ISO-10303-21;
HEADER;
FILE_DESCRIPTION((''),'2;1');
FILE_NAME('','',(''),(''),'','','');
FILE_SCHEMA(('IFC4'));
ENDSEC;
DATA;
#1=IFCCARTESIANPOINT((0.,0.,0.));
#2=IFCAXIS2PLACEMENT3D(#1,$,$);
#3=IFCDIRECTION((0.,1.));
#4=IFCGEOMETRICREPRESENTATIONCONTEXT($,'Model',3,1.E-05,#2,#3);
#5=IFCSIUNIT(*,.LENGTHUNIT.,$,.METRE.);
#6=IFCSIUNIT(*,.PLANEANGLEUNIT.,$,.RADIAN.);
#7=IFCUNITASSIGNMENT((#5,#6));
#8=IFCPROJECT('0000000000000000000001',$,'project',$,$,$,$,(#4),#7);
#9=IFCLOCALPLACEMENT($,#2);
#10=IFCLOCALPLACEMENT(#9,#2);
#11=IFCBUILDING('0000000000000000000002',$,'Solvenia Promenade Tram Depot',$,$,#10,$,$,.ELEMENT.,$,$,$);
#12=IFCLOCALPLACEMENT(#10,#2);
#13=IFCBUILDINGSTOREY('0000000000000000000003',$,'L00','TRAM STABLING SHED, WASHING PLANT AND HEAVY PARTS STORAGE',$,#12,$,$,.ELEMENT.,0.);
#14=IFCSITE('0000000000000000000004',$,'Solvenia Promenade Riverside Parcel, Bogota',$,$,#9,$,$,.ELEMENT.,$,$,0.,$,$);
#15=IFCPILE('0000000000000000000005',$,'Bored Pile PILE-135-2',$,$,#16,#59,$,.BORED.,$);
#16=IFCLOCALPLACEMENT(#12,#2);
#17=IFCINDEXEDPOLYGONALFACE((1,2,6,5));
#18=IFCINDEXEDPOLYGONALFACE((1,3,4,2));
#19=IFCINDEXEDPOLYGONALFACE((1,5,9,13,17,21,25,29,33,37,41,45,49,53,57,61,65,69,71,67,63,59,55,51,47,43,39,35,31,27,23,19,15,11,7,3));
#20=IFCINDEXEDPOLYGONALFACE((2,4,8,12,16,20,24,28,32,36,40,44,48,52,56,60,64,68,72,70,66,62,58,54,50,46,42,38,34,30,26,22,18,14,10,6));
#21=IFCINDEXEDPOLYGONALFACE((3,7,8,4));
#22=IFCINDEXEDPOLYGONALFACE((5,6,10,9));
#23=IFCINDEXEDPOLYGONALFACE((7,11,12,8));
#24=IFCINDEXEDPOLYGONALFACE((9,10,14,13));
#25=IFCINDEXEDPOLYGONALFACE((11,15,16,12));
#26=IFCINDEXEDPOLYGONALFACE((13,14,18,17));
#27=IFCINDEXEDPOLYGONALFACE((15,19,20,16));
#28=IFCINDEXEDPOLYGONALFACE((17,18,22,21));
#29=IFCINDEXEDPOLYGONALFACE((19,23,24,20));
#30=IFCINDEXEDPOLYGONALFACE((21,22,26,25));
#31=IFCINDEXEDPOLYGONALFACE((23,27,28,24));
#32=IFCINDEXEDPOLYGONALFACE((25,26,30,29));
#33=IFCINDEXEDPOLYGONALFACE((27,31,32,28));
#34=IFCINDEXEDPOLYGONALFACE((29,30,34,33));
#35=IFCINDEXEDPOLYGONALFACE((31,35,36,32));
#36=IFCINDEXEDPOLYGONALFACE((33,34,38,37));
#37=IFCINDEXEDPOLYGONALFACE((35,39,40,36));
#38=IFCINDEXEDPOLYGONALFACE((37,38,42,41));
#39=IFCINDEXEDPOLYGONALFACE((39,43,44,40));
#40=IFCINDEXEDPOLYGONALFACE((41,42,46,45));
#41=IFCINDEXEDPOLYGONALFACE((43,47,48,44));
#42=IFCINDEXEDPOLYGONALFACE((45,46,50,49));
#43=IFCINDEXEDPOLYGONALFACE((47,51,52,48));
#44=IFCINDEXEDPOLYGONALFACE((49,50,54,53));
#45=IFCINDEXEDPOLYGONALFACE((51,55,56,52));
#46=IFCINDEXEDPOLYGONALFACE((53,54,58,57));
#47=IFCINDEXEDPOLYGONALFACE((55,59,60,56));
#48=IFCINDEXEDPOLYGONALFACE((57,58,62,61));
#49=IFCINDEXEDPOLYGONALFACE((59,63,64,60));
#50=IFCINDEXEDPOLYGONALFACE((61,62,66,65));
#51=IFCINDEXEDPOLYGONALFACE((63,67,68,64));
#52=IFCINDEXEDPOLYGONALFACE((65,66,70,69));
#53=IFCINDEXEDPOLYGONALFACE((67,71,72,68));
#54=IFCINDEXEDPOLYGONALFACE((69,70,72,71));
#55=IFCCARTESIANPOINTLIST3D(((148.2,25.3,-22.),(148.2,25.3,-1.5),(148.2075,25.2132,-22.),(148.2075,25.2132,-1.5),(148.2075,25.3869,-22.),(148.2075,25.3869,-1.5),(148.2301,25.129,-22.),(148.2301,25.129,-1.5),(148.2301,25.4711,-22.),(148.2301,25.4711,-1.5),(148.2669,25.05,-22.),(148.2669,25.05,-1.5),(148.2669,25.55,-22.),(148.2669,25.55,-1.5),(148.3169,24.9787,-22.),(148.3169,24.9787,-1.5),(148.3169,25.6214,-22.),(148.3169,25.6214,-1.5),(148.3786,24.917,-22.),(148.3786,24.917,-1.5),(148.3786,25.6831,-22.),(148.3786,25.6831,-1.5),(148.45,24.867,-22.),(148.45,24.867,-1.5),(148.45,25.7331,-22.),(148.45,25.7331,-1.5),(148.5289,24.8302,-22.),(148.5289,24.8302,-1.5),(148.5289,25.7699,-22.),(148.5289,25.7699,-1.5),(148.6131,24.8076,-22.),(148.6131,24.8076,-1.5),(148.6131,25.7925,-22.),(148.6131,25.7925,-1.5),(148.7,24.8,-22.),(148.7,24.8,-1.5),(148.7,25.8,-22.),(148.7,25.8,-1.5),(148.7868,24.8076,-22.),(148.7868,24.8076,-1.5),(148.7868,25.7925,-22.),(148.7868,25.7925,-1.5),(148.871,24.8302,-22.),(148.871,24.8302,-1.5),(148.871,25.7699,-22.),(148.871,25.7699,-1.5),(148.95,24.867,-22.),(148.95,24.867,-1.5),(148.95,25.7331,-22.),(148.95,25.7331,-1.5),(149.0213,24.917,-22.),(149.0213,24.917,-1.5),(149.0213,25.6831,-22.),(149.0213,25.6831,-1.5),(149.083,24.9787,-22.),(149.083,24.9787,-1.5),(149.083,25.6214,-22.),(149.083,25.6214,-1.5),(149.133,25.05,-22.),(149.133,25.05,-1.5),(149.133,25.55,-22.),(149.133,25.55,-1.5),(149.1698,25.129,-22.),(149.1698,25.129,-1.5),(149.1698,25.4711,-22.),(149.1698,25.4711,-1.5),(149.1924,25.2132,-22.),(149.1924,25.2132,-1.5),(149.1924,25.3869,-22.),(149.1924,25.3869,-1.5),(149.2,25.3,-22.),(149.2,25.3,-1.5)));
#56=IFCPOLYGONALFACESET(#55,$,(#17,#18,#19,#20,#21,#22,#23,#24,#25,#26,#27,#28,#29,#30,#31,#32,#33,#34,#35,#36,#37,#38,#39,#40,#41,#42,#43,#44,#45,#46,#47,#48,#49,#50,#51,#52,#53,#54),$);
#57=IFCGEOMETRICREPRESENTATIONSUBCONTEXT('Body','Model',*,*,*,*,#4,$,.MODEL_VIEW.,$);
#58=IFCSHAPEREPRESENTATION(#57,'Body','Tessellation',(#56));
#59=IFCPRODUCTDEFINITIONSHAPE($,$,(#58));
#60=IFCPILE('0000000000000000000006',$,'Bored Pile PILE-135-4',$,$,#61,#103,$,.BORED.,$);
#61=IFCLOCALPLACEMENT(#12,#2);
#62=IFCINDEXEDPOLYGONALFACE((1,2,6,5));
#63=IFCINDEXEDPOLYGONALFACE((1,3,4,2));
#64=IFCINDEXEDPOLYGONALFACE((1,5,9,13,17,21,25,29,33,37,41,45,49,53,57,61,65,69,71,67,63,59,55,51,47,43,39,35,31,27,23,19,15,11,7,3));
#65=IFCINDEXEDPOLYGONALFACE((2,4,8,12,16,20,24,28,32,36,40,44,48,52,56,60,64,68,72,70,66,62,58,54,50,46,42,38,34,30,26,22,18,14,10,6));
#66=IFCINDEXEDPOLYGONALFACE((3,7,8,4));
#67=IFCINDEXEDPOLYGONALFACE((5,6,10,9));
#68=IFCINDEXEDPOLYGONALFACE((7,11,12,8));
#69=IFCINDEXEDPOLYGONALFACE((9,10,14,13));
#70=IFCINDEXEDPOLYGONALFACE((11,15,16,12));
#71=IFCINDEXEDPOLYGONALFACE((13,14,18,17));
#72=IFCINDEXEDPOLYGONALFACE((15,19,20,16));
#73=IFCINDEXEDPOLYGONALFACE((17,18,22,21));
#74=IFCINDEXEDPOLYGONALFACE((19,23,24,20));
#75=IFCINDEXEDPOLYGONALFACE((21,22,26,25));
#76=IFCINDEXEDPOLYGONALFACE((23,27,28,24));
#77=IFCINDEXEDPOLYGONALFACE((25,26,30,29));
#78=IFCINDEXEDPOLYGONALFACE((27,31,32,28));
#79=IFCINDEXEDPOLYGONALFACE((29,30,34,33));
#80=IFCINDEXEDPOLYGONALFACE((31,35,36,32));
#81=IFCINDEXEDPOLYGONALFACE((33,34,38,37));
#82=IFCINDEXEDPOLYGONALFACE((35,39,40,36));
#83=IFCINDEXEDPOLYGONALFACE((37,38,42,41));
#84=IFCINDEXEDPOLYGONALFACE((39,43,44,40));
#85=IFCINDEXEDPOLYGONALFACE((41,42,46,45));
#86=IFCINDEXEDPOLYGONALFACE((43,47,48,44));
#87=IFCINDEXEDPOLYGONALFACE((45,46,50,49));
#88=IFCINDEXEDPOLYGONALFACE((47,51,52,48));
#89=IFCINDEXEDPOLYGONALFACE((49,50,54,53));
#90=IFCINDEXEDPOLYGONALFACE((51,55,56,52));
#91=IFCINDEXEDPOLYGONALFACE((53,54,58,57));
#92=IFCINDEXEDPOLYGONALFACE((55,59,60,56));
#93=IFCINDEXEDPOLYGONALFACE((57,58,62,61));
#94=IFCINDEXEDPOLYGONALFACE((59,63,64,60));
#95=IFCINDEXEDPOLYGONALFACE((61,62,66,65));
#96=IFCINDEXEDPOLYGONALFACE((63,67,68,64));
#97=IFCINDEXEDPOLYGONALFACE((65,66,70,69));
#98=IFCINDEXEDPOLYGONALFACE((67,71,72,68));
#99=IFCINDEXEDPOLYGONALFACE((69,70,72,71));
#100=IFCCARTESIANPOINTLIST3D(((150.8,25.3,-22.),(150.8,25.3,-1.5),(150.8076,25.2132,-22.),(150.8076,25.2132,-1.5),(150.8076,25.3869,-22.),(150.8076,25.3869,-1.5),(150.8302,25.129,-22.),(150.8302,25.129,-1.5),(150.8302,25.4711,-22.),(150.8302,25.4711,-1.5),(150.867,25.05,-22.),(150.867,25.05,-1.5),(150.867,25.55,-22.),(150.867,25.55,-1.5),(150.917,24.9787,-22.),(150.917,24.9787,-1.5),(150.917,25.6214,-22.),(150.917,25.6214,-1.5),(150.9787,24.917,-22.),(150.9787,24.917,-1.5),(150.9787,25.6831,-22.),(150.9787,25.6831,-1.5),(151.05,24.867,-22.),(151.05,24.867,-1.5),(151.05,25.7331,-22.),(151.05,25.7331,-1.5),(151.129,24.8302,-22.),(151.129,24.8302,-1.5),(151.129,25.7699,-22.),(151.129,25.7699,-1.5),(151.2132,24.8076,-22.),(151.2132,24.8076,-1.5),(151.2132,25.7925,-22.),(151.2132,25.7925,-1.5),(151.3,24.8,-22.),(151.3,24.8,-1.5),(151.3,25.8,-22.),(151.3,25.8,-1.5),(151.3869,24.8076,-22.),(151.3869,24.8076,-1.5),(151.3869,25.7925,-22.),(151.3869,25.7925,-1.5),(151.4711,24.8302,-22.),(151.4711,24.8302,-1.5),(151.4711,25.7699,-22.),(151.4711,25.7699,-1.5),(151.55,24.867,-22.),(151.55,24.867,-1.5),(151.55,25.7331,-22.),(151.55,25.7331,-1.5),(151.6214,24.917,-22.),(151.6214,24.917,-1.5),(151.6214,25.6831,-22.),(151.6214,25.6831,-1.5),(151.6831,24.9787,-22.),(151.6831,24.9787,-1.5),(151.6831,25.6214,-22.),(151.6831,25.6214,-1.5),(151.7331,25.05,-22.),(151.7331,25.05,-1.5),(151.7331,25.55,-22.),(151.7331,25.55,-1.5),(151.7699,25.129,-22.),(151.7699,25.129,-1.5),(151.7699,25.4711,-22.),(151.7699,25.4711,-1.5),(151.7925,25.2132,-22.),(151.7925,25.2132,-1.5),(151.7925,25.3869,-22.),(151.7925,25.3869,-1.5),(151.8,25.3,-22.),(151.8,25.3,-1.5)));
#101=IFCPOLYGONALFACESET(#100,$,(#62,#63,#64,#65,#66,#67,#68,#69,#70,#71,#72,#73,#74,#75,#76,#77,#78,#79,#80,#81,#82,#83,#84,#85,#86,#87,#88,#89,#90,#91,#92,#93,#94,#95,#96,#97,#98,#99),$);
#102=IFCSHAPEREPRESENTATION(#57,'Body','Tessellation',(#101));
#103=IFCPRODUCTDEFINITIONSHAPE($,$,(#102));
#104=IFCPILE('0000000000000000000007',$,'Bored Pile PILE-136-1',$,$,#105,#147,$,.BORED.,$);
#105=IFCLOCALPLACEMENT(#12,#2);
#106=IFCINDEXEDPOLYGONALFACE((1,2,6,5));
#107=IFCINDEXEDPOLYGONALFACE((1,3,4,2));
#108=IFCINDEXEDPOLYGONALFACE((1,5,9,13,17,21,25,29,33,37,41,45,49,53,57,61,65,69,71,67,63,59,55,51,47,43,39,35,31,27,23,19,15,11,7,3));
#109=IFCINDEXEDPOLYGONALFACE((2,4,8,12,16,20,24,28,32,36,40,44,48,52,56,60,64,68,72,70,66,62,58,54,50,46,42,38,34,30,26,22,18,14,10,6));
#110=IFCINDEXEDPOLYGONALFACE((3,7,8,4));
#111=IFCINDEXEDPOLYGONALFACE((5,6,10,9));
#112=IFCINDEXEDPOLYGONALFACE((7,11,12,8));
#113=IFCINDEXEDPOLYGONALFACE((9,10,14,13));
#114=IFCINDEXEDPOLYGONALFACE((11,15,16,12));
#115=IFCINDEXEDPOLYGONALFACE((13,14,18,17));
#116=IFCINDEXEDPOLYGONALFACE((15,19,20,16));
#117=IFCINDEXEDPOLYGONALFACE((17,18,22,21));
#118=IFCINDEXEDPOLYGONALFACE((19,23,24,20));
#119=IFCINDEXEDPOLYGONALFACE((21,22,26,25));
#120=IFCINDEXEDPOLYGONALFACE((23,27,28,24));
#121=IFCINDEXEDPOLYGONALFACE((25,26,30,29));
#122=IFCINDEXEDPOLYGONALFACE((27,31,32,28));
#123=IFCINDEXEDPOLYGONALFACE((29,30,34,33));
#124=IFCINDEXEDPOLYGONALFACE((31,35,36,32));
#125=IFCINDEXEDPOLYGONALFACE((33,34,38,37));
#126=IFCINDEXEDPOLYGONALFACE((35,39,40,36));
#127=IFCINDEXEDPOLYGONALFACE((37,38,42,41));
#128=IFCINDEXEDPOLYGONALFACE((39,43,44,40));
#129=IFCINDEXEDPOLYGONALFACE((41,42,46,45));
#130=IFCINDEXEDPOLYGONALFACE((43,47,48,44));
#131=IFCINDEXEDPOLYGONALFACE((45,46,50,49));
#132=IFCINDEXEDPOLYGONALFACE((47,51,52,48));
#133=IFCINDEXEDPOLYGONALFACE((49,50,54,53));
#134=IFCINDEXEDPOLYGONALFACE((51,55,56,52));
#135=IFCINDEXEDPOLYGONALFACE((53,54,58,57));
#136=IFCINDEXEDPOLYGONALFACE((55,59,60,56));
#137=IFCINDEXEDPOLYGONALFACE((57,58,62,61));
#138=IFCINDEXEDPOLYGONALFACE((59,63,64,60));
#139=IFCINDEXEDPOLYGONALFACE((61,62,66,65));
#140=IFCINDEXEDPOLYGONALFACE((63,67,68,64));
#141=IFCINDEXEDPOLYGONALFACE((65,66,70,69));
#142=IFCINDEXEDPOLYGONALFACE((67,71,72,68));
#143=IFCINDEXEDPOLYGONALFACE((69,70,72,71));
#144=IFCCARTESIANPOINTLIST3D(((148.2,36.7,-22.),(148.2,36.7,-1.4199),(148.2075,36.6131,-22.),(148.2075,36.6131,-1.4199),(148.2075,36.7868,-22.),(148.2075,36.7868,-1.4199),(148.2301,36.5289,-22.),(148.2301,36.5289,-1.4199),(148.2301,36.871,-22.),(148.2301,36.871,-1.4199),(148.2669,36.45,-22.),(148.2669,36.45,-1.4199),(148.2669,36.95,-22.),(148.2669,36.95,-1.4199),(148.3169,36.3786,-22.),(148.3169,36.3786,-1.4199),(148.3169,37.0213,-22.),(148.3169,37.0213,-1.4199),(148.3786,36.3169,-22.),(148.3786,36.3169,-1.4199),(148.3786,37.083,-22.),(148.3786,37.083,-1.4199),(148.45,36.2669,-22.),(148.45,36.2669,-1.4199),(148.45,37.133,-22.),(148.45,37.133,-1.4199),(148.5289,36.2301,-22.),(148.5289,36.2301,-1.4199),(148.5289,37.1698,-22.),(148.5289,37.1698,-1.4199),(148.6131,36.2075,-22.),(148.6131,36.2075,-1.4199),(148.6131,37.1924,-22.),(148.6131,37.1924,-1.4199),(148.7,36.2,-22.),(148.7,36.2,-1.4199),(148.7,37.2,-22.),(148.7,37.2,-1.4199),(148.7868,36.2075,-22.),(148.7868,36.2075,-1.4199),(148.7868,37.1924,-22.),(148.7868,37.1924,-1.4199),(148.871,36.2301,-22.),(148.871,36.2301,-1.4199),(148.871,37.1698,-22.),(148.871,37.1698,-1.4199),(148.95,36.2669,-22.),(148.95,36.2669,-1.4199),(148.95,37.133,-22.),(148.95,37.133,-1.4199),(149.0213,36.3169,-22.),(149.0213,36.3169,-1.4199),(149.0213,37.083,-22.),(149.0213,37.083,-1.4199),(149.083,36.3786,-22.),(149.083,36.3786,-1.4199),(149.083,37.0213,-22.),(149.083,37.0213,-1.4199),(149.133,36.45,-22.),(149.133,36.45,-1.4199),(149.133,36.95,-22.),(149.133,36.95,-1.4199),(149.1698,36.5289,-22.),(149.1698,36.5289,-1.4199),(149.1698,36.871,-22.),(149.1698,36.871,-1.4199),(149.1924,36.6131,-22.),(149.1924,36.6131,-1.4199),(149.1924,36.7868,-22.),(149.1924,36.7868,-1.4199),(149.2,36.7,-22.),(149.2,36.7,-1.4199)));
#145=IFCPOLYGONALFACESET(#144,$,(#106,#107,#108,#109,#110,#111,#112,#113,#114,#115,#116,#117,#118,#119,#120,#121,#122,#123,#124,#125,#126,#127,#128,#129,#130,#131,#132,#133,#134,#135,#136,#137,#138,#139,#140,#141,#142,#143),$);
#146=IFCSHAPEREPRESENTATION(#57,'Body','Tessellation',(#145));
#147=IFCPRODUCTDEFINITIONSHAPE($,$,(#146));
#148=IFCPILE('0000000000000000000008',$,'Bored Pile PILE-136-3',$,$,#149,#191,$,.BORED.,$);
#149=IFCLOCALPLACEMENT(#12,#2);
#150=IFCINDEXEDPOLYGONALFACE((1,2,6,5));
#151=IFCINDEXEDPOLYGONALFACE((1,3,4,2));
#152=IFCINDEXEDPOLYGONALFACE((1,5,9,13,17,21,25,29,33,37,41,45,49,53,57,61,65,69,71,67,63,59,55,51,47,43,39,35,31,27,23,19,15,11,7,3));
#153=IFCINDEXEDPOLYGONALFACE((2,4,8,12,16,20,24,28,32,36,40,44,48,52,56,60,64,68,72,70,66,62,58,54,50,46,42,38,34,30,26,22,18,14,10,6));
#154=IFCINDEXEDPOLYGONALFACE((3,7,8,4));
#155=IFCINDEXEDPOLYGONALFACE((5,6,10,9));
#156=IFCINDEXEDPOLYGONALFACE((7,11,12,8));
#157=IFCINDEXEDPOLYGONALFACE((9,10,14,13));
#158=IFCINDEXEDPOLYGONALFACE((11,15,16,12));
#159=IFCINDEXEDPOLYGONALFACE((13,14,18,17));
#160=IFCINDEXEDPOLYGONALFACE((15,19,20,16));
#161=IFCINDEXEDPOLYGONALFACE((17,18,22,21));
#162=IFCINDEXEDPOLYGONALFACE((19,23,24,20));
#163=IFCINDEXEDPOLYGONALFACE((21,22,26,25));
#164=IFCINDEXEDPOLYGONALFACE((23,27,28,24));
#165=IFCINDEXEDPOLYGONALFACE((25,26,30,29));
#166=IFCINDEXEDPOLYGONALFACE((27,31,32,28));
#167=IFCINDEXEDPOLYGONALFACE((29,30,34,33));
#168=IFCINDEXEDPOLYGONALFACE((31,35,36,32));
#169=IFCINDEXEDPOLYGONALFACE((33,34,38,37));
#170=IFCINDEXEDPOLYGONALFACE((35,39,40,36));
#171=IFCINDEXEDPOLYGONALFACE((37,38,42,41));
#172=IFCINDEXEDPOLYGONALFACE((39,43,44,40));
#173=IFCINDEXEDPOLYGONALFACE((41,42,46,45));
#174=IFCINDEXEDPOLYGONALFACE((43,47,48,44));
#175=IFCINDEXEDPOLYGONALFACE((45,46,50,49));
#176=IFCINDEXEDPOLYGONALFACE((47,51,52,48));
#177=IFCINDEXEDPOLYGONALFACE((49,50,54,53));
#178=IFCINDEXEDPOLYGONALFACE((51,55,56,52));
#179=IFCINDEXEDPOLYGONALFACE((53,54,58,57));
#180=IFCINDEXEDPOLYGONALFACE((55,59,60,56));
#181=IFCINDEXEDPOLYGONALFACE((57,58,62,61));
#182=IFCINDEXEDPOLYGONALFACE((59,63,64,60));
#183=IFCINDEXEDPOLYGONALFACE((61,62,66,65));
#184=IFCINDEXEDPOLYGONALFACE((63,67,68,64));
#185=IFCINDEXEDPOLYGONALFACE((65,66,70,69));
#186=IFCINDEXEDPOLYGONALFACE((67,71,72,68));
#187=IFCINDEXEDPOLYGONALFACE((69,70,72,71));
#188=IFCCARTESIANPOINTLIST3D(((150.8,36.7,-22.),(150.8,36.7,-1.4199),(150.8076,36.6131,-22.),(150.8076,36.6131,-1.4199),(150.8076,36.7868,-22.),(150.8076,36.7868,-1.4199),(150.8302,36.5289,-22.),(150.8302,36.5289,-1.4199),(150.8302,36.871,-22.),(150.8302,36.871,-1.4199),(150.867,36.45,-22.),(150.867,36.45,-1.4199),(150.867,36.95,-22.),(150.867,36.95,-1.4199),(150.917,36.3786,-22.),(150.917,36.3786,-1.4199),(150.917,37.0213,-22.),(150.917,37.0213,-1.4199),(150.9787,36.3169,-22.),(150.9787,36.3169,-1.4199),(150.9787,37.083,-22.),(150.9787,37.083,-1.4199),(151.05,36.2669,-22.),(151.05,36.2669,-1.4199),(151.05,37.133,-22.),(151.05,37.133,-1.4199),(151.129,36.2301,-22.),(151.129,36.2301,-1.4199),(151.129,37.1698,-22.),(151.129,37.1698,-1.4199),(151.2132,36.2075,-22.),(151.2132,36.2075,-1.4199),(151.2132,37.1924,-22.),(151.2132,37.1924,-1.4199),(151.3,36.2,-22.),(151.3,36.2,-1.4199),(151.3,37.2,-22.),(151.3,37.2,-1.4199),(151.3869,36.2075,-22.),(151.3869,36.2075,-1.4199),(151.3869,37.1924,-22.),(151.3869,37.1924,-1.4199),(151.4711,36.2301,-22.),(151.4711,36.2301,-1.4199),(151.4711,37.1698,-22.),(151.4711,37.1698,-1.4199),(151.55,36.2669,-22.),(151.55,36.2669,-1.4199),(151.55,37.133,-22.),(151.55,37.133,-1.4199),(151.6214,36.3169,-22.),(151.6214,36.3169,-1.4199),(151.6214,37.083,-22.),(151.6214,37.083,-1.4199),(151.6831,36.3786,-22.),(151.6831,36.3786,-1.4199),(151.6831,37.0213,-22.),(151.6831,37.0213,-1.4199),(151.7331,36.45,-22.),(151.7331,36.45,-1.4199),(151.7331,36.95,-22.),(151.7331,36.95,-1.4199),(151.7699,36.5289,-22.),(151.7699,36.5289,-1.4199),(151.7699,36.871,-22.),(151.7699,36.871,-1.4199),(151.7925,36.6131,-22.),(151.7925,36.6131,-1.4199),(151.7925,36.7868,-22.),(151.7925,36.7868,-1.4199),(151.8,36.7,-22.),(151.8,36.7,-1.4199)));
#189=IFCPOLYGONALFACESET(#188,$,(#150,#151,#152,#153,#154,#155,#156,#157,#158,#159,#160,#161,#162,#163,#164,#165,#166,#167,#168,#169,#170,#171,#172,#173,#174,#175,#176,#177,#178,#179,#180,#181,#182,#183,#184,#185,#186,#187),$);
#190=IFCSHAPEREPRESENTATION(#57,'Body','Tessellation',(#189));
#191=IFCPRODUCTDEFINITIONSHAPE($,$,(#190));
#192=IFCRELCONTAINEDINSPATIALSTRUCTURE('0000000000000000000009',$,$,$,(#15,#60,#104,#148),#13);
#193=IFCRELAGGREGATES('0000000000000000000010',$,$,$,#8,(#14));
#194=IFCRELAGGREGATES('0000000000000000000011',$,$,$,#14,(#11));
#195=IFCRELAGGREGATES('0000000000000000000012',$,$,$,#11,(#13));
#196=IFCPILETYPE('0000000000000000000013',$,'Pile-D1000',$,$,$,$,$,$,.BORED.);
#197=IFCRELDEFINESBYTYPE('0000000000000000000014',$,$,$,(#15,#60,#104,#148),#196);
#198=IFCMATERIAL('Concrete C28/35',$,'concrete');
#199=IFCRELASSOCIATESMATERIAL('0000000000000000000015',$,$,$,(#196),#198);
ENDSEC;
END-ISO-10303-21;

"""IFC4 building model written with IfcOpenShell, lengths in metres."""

from ifc_helpers import new_model, si_unit, direction, frame, origin, origin_2d, place, context, subcontext, project, spatial, circle, extrude, material, material_profile, profile_set, type_object, element, save


model = new_model("IFC4")

# Units and contexts
model_context = context("Model", 3, precision=1e-05, world=origin(), true_north=direction((0.0, 1.0)))
body_context = subcontext(model_context, "Body", "Model", "MODEL_VIEW")
ifc_project = project(units=[si_unit("LENGTHUNIT", "METRE"), si_unit("PLANEANGLEUNIT", "RADIAN")], contexts=[model_context])

# Site, building, storey
site_placement = place(None, origin())
site = spatial("IfcSite", under=ifc_project, at=site_placement, Name="Solvenia Promenade Riverside Parcel, Bogota", CompositionType="ELEMENT", RefElevation=0.0)
building_placement = place(site_placement, origin())
building = spatial("IfcBuilding", under=site, at=building_placement, Name="Solvenia Promenade Tram Depot", CompositionType="ELEMENT")
storey_placement = place(building_placement, origin())
storey = spatial("IfcBuildingStorey", under=building, at=storey_placement, Name="L00", Description="TRAM STABLING SHED, WASHING PLANT AND HEAVY PARTS STORAGE", CompositionType="ELEMENT", Elevation=0.0)

# Shared definitions
ifc_material_1 = material(Name="Concrete C28/35", Category="concrete")

# Piles
ifc_material_profile_1 = material_profile(ifc_material_1, circle(Radius=0.5, at=origin_2d()), Name="D1000", Category="concrete")
ifc_profile_set_1 = profile_set([ifc_material_profile_1], Name="Concrete C28/35")
pile_type_1 = type_object("IfcPileType", Name="Pile-D1000", PredefinedType="BORED", material=ifc_profile_set_1)
for number, where, z_axis, x_axis, name in (
    (1, (148.7, 25.3, -1.5), (0.0, 0.0, -1.0), (1.0, 0.0, 0.0), "Bored Pile PILE-135-2"),
    (2, (151.3, 25.3, -1.5), (0.0, 0.0, -1.0), (1.0, 0.0, 0.0), "Bored Pile PILE-135-4"),
):
    element("IfcPile", number, at=place(storey_placement, frame(where, z_axis=z_axis, x_axis=x_axis)), inside=storey, type_object=pile_type_1, Name=name, PredefinedType="BORED", context=body_context, shape_type="SweptSolid", body=[
        extrude(circle(Radius=0.5, at=origin_2d()), origin(), (0.0, 0.0, 1.0), 20.5),
    ])
for number, where, z_axis, x_axis, name in (
    (3, (148.7, 36.7, -1.4199), (0.0, 0.0, -1.0), (1.0, 0.0, 0.0), "Bored Pile PILE-136-1"),
    (4, (151.3, 36.7, -1.4199), (0.0, 0.0, -1.0), (1.0, 0.0, 0.0), "Bored Pile PILE-136-3"),
):
    element("IfcPile", number, at=place(storey_placement, frame(where, z_axis=z_axis, x_axis=x_axis)), inside=storey, type_object=pile_type_1, Name=name, PredefinedType="BORED", context=body_context, shape_type="SweptSolid", body=[
        extrude(circle(Radius=0.5, at=origin_2d()), origin(), (0.0, 0.0, 1.0), 20.5801),
    ])

save(model, "model.ifc")
